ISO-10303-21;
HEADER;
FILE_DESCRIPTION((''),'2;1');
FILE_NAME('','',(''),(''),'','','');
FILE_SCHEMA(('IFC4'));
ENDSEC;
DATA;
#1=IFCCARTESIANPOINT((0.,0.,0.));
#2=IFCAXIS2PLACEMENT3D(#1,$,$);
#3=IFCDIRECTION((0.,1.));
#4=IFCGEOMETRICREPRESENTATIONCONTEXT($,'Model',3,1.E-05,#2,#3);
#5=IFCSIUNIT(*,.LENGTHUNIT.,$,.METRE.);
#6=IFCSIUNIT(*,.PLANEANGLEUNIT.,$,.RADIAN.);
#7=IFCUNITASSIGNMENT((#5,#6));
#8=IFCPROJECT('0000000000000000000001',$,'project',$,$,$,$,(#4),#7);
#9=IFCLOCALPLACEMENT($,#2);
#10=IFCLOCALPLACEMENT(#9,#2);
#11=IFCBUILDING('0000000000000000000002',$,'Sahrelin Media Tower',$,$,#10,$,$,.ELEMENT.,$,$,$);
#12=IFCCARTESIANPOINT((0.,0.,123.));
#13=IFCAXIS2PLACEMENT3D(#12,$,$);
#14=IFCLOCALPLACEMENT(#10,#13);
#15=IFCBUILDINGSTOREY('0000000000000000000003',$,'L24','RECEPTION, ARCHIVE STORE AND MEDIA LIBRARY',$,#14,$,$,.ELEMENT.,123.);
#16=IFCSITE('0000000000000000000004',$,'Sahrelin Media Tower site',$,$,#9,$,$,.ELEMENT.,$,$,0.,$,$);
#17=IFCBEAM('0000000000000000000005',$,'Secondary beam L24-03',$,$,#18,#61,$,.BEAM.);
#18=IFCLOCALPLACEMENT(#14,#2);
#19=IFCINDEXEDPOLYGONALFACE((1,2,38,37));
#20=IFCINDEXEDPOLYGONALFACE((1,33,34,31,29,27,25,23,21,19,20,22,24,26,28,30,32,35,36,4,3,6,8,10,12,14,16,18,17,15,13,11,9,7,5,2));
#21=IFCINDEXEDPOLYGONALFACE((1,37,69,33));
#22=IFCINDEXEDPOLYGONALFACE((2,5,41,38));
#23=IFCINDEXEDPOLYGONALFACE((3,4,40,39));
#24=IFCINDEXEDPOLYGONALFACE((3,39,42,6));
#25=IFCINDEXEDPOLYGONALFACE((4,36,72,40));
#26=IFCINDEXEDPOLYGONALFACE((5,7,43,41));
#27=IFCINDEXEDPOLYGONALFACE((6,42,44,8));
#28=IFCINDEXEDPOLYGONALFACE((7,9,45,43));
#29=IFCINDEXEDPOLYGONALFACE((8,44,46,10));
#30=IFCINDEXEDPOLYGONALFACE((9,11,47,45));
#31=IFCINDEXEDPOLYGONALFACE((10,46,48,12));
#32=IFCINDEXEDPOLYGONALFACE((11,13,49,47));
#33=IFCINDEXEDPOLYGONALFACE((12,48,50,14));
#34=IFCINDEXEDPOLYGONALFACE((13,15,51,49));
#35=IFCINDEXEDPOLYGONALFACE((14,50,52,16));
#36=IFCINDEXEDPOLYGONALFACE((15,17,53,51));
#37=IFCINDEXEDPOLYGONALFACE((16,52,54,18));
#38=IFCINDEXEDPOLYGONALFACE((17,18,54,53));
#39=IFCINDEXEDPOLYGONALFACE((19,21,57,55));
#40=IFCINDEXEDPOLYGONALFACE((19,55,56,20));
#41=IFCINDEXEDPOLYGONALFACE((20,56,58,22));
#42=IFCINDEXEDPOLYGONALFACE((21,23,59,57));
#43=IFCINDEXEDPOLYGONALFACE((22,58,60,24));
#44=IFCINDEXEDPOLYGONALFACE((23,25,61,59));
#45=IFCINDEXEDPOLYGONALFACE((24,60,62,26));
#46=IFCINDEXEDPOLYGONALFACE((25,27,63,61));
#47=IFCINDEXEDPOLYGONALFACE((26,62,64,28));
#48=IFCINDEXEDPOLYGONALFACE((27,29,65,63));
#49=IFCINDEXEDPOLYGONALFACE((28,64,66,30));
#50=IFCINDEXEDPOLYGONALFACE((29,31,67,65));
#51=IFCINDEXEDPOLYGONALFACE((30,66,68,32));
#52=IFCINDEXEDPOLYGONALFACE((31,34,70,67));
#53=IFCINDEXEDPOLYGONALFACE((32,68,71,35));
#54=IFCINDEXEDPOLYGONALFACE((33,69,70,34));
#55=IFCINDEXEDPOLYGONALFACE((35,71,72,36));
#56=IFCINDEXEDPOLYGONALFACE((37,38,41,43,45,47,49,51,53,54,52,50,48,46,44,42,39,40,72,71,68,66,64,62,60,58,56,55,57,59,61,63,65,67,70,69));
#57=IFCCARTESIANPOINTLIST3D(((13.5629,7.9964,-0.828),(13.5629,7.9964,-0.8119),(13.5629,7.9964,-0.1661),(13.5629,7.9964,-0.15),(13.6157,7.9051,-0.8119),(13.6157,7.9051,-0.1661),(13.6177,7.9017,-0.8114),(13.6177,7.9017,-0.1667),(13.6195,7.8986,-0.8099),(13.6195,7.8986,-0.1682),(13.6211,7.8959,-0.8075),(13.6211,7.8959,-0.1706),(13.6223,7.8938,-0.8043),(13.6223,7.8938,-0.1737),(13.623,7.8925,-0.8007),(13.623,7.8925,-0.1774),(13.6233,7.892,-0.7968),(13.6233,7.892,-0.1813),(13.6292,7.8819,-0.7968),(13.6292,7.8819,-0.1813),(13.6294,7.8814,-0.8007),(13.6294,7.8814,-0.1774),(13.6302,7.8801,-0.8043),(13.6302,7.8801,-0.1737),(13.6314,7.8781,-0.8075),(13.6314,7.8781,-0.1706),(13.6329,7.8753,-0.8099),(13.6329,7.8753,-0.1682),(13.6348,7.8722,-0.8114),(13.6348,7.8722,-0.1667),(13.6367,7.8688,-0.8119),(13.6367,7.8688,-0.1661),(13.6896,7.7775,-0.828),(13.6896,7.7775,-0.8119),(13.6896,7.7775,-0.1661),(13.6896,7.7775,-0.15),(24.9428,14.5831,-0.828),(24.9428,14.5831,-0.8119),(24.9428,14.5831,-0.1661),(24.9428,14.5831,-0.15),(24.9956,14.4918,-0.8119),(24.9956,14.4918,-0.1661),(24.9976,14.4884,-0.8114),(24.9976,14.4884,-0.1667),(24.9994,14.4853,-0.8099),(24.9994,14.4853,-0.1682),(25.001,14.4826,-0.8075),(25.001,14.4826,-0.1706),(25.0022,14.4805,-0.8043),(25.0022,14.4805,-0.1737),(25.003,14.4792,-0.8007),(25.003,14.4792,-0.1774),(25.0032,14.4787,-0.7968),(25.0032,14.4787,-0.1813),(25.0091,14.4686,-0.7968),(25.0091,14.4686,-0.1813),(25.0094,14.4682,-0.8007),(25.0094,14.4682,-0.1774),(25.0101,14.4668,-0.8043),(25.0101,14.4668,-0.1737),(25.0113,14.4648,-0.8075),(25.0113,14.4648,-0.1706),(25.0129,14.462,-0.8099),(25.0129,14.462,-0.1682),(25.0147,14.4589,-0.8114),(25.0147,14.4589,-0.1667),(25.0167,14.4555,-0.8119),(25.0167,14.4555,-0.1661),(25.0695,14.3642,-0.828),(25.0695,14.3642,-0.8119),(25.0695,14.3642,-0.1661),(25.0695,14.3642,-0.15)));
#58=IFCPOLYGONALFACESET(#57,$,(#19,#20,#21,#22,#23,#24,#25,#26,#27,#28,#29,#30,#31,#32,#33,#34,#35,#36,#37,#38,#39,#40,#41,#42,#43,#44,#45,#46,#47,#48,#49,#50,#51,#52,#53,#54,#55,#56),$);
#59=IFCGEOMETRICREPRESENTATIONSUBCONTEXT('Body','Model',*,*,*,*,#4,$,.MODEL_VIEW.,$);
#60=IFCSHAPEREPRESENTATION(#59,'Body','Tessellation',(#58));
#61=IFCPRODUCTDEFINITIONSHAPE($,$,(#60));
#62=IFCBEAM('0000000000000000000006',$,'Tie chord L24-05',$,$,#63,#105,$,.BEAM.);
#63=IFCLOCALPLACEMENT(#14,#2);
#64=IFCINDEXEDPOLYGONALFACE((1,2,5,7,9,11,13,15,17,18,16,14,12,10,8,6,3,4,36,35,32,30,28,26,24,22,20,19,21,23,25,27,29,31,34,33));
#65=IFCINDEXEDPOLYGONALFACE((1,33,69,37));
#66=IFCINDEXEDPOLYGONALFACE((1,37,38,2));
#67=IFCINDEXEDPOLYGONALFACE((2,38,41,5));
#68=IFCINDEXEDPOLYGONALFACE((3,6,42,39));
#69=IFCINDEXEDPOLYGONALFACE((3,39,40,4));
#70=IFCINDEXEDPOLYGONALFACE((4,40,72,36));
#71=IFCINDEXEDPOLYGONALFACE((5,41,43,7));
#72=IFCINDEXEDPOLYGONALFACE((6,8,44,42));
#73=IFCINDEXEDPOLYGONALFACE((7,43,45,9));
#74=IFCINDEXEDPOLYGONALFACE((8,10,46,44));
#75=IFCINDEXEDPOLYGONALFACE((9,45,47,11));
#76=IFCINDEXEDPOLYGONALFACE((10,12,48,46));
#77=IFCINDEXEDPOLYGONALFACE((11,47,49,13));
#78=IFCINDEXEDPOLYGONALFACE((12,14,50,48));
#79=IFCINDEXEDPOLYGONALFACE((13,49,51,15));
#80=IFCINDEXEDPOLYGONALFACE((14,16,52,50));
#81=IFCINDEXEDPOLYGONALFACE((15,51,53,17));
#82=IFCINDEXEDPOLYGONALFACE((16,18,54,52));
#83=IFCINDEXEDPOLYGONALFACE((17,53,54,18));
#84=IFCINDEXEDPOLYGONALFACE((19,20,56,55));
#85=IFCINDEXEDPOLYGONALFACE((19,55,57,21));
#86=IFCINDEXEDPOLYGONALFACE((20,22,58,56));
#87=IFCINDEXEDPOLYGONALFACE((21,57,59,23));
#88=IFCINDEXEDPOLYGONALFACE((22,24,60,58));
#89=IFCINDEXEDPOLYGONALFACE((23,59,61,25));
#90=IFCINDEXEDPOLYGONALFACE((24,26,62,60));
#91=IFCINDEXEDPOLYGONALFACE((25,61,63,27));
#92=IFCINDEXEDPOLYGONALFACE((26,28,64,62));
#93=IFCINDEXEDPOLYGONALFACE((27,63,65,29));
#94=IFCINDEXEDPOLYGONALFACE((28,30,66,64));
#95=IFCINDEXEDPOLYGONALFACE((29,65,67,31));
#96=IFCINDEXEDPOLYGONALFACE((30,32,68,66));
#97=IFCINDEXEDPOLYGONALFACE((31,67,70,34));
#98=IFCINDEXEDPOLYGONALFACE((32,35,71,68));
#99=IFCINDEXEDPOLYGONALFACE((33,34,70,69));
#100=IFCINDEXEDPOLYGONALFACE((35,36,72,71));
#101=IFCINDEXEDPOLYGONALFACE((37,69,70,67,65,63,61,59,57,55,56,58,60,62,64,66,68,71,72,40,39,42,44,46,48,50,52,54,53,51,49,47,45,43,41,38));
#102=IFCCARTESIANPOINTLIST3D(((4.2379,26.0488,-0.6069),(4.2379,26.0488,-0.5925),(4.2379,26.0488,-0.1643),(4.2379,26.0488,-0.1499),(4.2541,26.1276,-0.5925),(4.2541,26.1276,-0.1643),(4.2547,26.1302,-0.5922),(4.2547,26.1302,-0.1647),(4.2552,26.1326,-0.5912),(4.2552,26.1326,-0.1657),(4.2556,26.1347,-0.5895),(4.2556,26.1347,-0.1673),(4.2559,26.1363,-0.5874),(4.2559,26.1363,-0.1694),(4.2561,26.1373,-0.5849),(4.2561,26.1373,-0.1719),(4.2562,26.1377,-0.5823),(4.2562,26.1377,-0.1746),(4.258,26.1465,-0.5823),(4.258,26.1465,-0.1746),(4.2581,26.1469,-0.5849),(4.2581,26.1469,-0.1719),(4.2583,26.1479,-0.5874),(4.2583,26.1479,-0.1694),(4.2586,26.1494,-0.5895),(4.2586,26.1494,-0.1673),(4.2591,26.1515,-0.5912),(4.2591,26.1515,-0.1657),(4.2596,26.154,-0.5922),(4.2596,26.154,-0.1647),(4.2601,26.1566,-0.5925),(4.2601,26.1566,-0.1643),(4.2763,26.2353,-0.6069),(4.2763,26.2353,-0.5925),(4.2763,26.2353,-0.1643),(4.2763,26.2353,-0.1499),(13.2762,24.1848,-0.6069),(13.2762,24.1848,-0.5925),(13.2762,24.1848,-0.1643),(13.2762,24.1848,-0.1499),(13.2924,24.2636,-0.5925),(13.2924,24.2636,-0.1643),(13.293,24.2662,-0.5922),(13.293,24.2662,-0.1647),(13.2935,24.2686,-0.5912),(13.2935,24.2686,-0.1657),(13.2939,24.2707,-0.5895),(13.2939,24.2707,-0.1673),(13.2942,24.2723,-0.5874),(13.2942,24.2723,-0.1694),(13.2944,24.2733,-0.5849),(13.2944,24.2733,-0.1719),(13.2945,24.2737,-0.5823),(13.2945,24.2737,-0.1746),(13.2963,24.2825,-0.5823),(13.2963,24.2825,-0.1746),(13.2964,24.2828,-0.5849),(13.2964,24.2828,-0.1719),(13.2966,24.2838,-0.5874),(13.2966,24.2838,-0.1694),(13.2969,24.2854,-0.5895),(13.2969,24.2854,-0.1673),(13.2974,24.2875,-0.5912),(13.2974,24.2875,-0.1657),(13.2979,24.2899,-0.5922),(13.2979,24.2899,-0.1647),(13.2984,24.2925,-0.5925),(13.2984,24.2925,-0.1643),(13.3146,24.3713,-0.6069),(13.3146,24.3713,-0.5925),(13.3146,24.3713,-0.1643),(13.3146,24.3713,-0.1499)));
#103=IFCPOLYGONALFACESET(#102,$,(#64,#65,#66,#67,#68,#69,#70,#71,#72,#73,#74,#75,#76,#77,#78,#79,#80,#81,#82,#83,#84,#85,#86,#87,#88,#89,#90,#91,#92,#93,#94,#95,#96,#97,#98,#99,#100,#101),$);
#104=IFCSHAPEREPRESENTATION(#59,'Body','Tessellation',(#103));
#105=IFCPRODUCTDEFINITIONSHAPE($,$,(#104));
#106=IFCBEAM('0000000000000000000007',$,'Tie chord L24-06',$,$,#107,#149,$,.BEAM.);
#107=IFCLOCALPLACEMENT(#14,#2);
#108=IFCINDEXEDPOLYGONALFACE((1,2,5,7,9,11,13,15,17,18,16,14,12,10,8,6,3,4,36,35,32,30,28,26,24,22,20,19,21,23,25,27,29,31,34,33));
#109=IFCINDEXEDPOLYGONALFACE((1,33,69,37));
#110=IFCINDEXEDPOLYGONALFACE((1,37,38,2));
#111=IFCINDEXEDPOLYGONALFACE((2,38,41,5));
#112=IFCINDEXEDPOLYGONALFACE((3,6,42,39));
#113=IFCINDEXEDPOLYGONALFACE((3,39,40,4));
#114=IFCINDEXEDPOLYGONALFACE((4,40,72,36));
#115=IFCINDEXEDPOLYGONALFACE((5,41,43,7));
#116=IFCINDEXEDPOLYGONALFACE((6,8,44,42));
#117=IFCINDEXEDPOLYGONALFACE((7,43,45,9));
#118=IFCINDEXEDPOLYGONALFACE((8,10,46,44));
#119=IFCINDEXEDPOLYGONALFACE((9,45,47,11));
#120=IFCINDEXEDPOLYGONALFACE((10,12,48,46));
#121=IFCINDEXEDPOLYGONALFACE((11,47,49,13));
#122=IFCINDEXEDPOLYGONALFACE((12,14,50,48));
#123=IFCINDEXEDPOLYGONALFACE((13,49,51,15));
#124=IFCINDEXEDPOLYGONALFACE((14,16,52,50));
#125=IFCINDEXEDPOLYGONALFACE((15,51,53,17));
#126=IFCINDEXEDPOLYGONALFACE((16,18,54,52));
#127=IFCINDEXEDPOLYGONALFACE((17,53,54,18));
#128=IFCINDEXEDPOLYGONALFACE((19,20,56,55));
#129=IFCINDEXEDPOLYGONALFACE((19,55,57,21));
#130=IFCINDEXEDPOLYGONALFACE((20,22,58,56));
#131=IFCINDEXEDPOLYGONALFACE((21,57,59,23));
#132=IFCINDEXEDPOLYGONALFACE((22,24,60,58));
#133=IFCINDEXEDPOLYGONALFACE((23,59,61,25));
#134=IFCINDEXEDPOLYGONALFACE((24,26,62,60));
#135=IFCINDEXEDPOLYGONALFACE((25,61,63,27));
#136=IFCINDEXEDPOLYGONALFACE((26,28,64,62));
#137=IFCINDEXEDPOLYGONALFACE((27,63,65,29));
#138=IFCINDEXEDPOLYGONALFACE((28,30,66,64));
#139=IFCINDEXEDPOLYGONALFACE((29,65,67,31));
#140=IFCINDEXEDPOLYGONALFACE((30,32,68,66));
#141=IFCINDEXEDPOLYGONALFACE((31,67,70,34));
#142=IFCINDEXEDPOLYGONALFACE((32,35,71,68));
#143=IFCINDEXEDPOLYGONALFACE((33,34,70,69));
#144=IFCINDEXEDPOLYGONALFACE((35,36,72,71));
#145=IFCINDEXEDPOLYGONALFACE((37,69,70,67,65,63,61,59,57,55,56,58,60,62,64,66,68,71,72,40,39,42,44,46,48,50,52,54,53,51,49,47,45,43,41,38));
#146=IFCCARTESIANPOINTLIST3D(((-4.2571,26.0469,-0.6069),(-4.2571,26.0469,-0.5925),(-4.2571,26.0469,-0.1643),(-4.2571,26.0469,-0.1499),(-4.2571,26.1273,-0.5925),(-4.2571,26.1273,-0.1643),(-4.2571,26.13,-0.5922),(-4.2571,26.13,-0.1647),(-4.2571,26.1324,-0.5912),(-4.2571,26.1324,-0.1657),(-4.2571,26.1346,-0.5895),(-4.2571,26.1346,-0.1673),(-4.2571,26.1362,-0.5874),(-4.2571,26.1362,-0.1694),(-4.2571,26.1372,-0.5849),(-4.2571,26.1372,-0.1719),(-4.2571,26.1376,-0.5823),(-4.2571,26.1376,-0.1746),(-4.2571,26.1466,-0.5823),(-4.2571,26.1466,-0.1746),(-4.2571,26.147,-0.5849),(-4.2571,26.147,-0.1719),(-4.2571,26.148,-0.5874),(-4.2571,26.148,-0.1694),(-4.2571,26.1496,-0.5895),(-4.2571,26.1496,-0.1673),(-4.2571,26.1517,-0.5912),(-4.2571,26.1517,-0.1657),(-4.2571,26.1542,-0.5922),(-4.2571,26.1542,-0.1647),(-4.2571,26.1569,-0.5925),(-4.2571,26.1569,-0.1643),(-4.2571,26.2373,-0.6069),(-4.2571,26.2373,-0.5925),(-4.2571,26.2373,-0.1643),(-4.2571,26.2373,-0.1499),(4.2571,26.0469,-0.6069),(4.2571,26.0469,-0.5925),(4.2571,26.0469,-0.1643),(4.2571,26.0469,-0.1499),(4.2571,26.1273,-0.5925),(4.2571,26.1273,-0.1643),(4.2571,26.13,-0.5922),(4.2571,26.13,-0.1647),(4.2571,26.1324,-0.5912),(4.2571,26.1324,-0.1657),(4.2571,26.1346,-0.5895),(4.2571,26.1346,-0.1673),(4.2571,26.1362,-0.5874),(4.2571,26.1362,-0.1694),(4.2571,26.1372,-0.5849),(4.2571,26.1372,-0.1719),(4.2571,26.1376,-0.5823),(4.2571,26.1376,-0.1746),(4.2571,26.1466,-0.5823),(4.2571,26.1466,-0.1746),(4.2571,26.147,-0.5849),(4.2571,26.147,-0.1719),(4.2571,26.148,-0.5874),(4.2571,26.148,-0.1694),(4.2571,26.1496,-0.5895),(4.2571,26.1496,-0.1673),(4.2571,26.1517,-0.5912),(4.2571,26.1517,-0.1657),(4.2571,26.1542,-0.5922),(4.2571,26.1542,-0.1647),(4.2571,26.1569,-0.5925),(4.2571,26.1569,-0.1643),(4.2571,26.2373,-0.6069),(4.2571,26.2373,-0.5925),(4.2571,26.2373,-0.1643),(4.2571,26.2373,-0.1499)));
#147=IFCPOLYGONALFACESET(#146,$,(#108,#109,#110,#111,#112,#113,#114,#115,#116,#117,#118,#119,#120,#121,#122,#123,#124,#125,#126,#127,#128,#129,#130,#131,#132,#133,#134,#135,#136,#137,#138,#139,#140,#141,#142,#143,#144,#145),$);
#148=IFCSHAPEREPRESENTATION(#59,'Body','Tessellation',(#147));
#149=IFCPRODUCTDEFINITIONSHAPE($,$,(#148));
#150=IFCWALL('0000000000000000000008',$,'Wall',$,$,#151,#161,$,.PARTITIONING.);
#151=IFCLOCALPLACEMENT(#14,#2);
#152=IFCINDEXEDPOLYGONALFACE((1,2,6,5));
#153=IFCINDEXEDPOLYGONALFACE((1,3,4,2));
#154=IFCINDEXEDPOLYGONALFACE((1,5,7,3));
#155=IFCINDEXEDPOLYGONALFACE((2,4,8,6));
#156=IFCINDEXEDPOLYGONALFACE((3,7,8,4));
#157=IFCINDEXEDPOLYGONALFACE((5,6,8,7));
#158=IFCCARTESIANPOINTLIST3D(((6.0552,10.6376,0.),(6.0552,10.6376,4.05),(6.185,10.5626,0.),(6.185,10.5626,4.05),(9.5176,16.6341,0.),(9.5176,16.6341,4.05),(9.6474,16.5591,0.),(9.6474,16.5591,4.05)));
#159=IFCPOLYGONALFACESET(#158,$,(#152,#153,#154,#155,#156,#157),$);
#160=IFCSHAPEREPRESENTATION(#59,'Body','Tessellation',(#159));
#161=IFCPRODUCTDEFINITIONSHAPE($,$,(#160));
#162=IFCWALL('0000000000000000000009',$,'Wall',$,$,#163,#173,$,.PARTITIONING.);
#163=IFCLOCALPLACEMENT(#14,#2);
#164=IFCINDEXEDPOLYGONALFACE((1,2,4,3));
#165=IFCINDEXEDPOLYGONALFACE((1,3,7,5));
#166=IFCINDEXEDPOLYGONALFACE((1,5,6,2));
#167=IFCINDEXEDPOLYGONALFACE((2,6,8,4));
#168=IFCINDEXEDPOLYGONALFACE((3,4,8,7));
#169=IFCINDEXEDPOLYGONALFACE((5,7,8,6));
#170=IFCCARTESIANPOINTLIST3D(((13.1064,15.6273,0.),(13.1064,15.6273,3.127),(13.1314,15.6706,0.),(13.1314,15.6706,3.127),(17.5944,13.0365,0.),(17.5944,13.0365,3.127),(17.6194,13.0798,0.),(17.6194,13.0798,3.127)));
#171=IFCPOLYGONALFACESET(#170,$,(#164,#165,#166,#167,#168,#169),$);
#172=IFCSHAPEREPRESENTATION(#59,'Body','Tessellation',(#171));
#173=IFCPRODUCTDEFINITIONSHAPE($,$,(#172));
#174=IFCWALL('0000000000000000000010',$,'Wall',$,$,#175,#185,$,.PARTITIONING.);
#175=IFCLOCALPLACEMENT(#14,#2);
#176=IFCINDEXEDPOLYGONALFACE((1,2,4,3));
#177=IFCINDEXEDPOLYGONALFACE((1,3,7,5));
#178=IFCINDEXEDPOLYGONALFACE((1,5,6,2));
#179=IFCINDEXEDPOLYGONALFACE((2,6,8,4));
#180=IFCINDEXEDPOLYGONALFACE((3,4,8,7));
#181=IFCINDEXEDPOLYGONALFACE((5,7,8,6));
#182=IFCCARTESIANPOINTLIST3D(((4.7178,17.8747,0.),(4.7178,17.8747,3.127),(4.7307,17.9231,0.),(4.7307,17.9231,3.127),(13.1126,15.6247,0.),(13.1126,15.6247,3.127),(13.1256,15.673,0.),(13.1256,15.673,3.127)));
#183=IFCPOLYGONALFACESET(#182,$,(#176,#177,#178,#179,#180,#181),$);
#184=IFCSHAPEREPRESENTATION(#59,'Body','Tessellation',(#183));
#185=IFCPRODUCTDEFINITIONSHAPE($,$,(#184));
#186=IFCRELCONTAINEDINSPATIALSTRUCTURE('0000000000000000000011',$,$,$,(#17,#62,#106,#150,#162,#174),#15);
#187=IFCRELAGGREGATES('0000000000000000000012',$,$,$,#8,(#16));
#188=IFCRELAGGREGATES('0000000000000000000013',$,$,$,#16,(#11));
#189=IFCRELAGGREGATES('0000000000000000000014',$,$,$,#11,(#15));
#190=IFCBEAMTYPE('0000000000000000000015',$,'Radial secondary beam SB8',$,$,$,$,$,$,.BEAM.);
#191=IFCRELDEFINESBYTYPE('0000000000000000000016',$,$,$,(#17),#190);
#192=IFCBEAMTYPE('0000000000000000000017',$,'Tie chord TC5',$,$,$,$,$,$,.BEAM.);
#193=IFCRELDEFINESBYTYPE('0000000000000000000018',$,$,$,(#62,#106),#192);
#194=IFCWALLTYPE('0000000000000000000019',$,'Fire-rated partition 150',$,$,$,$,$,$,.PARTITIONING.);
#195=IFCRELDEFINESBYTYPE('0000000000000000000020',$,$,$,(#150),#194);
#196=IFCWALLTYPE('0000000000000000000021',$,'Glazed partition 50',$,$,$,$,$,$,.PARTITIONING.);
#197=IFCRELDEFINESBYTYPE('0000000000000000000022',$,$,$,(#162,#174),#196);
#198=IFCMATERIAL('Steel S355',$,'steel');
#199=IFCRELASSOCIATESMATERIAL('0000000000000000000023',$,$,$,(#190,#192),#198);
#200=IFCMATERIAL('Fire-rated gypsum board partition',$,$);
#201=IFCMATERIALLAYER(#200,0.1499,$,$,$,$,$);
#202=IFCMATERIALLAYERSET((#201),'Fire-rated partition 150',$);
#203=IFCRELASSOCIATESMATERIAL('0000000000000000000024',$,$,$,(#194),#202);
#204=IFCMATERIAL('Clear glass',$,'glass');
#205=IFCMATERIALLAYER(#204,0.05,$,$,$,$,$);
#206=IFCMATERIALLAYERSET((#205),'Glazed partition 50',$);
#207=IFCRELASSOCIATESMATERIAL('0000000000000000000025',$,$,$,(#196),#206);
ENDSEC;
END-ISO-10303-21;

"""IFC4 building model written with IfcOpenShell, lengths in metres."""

from ifc_helpers import new_model, si_unit, direction, frame, frame_2d, origin, origin_2d, place, context, subcontext, project, spatial, rectangle, i_section, extrude, material, layer, layer_set, material_profile, profile_set, type_object, element, save


model = new_model("IFC4")

# Units and contexts
model_context = context("Model", 3, precision=1e-05, world=origin(), true_north=direction((0.0, 1.0)))
body_context = subcontext(model_context, "Body", "Model", "MODEL_VIEW")
ifc_project = project(units=[si_unit("LENGTHUNIT", "METRE"), si_unit("PLANEANGLEUNIT", "RADIAN")], contexts=[model_context])

# Site, building, storey
site_placement = place(None, origin())
site = spatial("IfcSite", under=ifc_project, at=site_placement, Name="Sahrelin Media Tower site", CompositionType="ELEMENT", RefElevation=0.0)
building_placement = place(site_placement, origin())
building = spatial("IfcBuilding", under=site, at=building_placement, Name="Sahrelin Media Tower", CompositionType="ELEMENT")
storey_placement = place(building_placement, frame((0.0, 0.0, 123.0)))
storey = spatial("IfcBuildingStorey", under=building, at=storey_placement, Name="L24", Description="RECEPTION, ARCHIVE STORE AND MEDIA LIBRARY", CompositionType="ELEMENT", Elevation=123.0)

# Beams
ifc_material_1 = material(Name="Steel S355", Category="steel")
ifc_material_profile_1 = material_profile(ifc_material_1, i_section(OverallWidth=0.2529, OverallDepth=0.678, WebThickness=0.0117, FlangeThickness=0.0161, FilletRadius=0.0151, at=origin_2d()), Name="UB 686x254x125")
ifc_profile_set_1 = profile_set([ifc_material_profile_1], Name="Steel S355")
beam_type_1 = type_object("IfcBeamType", Name="Radial secondary beam SB8", PredefinedType="BEAM", material=ifc_profile_set_1)
beam_1_placement = place(storey_placement, frame((13.6262, 7.887, -0.489), z_axis=(0.865482, 0.50094, 0.0), x_axis=(-0.50094, 0.865482, 0.0)))
element("IfcBeam", 1, at=beam_1_placement, inside=storey, type_object=beam_type_1, Name="Secondary beam L24-03", PredefinedType="BEAM", context=body_context, shape_type="SweptSolid", body=[
    extrude(i_section(OverallWidth=0.2529, OverallDepth=0.678, WebThickness=0.0117, FlangeThickness=0.0161, FilletRadius=0.0151, at=origin_2d()), origin(), (0.0, 0.0, 1.0), 13.1487),
])
ifc_material_profile_2 = material_profile(ifc_material_1, i_section(OverallWidth=0.1904, OverallDepth=0.457, WebThickness=0.009, FlangeThickness=0.0144, FilletRadius=0.0103, at=origin_2d()), Name="UB 457x191x74")
ifc_profile_set_2 = profile_set([ifc_material_profile_2], Name="Steel S355")
beam_type_2 = type_object("IfcBeamType", Name="Tie chord TC5", PredefinedType="BEAM", material=ifc_profile_set_2)
beam_2_placement = place(storey_placement, frame((13.2954, 24.2781, -0.3784), z_axis=(-0.979389, 0.201984, 0.0), x_axis=(-0.201984, -0.979389, 0.0)))
element("IfcBeam", 2, at=beam_2_placement, inside=storey, type_object=beam_type_2, Name="Tie chord L24-05", PredefinedType="BEAM", context=body_context, shape_type="SweptSolid", body=[
    extrude(i_section(OverallWidth=0.1904, OverallDepth=0.457, WebThickness=0.009, FlangeThickness=0.0144, FilletRadius=0.0103, at=origin_2d()), origin(), (0.0, 0.0, 1.0), 9.2285),
])
beam_3_placement = place(storey_placement, frame((4.2571, 26.1421, -0.3784), z_axis=(-1.0, 0.0, 0.0), x_axis=(0.0, -1.0, 0.0)))
element("IfcBeam", 3, at=beam_3_placement, inside=storey, type_object=beam_type_2, Name="Tie chord L24-06", PredefinedType="BEAM", context=body_context, shape_type="SweptSolid", body=[
    extrude(i_section(OverallWidth=0.1904, OverallDepth=0.457, WebThickness=0.009, FlangeThickness=0.0144, FilletRadius=0.0103, at=origin_2d()), origin(), (0.0, 0.0, 1.0), 8.5142),
])

# Walls
ifc_material_2 = material(Name="Fire-rated gypsum board partition")
ifc_layer_1 = layer(ifc_material_2, 0.1499)
ifc_layer_set_1 = layer_set([ifc_layer_1], Name="Fire-rated partition 150")
wall_type_1 = type_object("IfcWallType", Name="Fire-rated partition 150", PredefinedType="PARTITIONING", material=ifc_layer_set_1)
wall_1_placement = place(storey_placement, frame((6.1201, 10.6001, 0.0), z_axis=(0.0, 0.0, 1.0), x_axis=(0.50003, 0.866008, 0.0)))
element("IfcWall", 4, at=wall_1_placement, inside=storey, type_object=wall_type_1, Name="Wall", PredefinedType="PARTITIONING", context=body_context, shape_type="SweptSolid", body=[
    extrude(rectangle(XDim=6.9243, YDim=0.1499, at=frame_2d((3.4622, 0.0))), origin(), (0.0, 0.0, 1.0), 4.05),
])
ifc_material_3 = material(Name="Clear glass", Category="glass")
ifc_layer_2 = layer(ifc_material_3, 0.05)
ifc_layer_set_2 = layer_set([ifc_layer_2], Name="Glazed partition 50")
wall_type_2 = type_object("IfcWallType", Name="Glazed partition 50", PredefinedType="PARTITIONING", material=ifc_layer_set_2)
wall_2_placement = place(storey_placement, frame((13.1189, 15.6489, 0.0), z_axis=(0.0, 0.0, 1.0), x_axis=(0.866055, -0.499949, 0.0)))
element("IfcWall", 5, at=wall_2_placement, inside=storey, type_object=wall_type_2, Name="Wall", PredefinedType="PARTITIONING", context=body_context, shape_type="SweptSolid", body=[
    extrude(rectangle(XDim=5.1821, YDim=0.05, at=frame_2d((2.5911, 0.0))), origin(), (0.0, 0.0, 1.0), 3.127),
])
wall_3_placement = place(storey_placement, frame((4.7241, 17.8989, 0.0), z_axis=(0.0, 0.0, 1.0), x_axis=(0.965908, -0.258886, 0.0)))
element("IfcWall", 6, at=wall_3_placement, inside=storey, type_object=wall_type_2, Name="Wall", PredefinedType="PARTITIONING", context=body_context, shape_type="SweptSolid", body=[
    extrude(rectangle(XDim=8.6912, YDim=0.05, at=frame_2d((4.3457, 0.0))), origin(), (0.0, 0.0, 1.0), 3.127),
])

save(model, "model.ifc")
